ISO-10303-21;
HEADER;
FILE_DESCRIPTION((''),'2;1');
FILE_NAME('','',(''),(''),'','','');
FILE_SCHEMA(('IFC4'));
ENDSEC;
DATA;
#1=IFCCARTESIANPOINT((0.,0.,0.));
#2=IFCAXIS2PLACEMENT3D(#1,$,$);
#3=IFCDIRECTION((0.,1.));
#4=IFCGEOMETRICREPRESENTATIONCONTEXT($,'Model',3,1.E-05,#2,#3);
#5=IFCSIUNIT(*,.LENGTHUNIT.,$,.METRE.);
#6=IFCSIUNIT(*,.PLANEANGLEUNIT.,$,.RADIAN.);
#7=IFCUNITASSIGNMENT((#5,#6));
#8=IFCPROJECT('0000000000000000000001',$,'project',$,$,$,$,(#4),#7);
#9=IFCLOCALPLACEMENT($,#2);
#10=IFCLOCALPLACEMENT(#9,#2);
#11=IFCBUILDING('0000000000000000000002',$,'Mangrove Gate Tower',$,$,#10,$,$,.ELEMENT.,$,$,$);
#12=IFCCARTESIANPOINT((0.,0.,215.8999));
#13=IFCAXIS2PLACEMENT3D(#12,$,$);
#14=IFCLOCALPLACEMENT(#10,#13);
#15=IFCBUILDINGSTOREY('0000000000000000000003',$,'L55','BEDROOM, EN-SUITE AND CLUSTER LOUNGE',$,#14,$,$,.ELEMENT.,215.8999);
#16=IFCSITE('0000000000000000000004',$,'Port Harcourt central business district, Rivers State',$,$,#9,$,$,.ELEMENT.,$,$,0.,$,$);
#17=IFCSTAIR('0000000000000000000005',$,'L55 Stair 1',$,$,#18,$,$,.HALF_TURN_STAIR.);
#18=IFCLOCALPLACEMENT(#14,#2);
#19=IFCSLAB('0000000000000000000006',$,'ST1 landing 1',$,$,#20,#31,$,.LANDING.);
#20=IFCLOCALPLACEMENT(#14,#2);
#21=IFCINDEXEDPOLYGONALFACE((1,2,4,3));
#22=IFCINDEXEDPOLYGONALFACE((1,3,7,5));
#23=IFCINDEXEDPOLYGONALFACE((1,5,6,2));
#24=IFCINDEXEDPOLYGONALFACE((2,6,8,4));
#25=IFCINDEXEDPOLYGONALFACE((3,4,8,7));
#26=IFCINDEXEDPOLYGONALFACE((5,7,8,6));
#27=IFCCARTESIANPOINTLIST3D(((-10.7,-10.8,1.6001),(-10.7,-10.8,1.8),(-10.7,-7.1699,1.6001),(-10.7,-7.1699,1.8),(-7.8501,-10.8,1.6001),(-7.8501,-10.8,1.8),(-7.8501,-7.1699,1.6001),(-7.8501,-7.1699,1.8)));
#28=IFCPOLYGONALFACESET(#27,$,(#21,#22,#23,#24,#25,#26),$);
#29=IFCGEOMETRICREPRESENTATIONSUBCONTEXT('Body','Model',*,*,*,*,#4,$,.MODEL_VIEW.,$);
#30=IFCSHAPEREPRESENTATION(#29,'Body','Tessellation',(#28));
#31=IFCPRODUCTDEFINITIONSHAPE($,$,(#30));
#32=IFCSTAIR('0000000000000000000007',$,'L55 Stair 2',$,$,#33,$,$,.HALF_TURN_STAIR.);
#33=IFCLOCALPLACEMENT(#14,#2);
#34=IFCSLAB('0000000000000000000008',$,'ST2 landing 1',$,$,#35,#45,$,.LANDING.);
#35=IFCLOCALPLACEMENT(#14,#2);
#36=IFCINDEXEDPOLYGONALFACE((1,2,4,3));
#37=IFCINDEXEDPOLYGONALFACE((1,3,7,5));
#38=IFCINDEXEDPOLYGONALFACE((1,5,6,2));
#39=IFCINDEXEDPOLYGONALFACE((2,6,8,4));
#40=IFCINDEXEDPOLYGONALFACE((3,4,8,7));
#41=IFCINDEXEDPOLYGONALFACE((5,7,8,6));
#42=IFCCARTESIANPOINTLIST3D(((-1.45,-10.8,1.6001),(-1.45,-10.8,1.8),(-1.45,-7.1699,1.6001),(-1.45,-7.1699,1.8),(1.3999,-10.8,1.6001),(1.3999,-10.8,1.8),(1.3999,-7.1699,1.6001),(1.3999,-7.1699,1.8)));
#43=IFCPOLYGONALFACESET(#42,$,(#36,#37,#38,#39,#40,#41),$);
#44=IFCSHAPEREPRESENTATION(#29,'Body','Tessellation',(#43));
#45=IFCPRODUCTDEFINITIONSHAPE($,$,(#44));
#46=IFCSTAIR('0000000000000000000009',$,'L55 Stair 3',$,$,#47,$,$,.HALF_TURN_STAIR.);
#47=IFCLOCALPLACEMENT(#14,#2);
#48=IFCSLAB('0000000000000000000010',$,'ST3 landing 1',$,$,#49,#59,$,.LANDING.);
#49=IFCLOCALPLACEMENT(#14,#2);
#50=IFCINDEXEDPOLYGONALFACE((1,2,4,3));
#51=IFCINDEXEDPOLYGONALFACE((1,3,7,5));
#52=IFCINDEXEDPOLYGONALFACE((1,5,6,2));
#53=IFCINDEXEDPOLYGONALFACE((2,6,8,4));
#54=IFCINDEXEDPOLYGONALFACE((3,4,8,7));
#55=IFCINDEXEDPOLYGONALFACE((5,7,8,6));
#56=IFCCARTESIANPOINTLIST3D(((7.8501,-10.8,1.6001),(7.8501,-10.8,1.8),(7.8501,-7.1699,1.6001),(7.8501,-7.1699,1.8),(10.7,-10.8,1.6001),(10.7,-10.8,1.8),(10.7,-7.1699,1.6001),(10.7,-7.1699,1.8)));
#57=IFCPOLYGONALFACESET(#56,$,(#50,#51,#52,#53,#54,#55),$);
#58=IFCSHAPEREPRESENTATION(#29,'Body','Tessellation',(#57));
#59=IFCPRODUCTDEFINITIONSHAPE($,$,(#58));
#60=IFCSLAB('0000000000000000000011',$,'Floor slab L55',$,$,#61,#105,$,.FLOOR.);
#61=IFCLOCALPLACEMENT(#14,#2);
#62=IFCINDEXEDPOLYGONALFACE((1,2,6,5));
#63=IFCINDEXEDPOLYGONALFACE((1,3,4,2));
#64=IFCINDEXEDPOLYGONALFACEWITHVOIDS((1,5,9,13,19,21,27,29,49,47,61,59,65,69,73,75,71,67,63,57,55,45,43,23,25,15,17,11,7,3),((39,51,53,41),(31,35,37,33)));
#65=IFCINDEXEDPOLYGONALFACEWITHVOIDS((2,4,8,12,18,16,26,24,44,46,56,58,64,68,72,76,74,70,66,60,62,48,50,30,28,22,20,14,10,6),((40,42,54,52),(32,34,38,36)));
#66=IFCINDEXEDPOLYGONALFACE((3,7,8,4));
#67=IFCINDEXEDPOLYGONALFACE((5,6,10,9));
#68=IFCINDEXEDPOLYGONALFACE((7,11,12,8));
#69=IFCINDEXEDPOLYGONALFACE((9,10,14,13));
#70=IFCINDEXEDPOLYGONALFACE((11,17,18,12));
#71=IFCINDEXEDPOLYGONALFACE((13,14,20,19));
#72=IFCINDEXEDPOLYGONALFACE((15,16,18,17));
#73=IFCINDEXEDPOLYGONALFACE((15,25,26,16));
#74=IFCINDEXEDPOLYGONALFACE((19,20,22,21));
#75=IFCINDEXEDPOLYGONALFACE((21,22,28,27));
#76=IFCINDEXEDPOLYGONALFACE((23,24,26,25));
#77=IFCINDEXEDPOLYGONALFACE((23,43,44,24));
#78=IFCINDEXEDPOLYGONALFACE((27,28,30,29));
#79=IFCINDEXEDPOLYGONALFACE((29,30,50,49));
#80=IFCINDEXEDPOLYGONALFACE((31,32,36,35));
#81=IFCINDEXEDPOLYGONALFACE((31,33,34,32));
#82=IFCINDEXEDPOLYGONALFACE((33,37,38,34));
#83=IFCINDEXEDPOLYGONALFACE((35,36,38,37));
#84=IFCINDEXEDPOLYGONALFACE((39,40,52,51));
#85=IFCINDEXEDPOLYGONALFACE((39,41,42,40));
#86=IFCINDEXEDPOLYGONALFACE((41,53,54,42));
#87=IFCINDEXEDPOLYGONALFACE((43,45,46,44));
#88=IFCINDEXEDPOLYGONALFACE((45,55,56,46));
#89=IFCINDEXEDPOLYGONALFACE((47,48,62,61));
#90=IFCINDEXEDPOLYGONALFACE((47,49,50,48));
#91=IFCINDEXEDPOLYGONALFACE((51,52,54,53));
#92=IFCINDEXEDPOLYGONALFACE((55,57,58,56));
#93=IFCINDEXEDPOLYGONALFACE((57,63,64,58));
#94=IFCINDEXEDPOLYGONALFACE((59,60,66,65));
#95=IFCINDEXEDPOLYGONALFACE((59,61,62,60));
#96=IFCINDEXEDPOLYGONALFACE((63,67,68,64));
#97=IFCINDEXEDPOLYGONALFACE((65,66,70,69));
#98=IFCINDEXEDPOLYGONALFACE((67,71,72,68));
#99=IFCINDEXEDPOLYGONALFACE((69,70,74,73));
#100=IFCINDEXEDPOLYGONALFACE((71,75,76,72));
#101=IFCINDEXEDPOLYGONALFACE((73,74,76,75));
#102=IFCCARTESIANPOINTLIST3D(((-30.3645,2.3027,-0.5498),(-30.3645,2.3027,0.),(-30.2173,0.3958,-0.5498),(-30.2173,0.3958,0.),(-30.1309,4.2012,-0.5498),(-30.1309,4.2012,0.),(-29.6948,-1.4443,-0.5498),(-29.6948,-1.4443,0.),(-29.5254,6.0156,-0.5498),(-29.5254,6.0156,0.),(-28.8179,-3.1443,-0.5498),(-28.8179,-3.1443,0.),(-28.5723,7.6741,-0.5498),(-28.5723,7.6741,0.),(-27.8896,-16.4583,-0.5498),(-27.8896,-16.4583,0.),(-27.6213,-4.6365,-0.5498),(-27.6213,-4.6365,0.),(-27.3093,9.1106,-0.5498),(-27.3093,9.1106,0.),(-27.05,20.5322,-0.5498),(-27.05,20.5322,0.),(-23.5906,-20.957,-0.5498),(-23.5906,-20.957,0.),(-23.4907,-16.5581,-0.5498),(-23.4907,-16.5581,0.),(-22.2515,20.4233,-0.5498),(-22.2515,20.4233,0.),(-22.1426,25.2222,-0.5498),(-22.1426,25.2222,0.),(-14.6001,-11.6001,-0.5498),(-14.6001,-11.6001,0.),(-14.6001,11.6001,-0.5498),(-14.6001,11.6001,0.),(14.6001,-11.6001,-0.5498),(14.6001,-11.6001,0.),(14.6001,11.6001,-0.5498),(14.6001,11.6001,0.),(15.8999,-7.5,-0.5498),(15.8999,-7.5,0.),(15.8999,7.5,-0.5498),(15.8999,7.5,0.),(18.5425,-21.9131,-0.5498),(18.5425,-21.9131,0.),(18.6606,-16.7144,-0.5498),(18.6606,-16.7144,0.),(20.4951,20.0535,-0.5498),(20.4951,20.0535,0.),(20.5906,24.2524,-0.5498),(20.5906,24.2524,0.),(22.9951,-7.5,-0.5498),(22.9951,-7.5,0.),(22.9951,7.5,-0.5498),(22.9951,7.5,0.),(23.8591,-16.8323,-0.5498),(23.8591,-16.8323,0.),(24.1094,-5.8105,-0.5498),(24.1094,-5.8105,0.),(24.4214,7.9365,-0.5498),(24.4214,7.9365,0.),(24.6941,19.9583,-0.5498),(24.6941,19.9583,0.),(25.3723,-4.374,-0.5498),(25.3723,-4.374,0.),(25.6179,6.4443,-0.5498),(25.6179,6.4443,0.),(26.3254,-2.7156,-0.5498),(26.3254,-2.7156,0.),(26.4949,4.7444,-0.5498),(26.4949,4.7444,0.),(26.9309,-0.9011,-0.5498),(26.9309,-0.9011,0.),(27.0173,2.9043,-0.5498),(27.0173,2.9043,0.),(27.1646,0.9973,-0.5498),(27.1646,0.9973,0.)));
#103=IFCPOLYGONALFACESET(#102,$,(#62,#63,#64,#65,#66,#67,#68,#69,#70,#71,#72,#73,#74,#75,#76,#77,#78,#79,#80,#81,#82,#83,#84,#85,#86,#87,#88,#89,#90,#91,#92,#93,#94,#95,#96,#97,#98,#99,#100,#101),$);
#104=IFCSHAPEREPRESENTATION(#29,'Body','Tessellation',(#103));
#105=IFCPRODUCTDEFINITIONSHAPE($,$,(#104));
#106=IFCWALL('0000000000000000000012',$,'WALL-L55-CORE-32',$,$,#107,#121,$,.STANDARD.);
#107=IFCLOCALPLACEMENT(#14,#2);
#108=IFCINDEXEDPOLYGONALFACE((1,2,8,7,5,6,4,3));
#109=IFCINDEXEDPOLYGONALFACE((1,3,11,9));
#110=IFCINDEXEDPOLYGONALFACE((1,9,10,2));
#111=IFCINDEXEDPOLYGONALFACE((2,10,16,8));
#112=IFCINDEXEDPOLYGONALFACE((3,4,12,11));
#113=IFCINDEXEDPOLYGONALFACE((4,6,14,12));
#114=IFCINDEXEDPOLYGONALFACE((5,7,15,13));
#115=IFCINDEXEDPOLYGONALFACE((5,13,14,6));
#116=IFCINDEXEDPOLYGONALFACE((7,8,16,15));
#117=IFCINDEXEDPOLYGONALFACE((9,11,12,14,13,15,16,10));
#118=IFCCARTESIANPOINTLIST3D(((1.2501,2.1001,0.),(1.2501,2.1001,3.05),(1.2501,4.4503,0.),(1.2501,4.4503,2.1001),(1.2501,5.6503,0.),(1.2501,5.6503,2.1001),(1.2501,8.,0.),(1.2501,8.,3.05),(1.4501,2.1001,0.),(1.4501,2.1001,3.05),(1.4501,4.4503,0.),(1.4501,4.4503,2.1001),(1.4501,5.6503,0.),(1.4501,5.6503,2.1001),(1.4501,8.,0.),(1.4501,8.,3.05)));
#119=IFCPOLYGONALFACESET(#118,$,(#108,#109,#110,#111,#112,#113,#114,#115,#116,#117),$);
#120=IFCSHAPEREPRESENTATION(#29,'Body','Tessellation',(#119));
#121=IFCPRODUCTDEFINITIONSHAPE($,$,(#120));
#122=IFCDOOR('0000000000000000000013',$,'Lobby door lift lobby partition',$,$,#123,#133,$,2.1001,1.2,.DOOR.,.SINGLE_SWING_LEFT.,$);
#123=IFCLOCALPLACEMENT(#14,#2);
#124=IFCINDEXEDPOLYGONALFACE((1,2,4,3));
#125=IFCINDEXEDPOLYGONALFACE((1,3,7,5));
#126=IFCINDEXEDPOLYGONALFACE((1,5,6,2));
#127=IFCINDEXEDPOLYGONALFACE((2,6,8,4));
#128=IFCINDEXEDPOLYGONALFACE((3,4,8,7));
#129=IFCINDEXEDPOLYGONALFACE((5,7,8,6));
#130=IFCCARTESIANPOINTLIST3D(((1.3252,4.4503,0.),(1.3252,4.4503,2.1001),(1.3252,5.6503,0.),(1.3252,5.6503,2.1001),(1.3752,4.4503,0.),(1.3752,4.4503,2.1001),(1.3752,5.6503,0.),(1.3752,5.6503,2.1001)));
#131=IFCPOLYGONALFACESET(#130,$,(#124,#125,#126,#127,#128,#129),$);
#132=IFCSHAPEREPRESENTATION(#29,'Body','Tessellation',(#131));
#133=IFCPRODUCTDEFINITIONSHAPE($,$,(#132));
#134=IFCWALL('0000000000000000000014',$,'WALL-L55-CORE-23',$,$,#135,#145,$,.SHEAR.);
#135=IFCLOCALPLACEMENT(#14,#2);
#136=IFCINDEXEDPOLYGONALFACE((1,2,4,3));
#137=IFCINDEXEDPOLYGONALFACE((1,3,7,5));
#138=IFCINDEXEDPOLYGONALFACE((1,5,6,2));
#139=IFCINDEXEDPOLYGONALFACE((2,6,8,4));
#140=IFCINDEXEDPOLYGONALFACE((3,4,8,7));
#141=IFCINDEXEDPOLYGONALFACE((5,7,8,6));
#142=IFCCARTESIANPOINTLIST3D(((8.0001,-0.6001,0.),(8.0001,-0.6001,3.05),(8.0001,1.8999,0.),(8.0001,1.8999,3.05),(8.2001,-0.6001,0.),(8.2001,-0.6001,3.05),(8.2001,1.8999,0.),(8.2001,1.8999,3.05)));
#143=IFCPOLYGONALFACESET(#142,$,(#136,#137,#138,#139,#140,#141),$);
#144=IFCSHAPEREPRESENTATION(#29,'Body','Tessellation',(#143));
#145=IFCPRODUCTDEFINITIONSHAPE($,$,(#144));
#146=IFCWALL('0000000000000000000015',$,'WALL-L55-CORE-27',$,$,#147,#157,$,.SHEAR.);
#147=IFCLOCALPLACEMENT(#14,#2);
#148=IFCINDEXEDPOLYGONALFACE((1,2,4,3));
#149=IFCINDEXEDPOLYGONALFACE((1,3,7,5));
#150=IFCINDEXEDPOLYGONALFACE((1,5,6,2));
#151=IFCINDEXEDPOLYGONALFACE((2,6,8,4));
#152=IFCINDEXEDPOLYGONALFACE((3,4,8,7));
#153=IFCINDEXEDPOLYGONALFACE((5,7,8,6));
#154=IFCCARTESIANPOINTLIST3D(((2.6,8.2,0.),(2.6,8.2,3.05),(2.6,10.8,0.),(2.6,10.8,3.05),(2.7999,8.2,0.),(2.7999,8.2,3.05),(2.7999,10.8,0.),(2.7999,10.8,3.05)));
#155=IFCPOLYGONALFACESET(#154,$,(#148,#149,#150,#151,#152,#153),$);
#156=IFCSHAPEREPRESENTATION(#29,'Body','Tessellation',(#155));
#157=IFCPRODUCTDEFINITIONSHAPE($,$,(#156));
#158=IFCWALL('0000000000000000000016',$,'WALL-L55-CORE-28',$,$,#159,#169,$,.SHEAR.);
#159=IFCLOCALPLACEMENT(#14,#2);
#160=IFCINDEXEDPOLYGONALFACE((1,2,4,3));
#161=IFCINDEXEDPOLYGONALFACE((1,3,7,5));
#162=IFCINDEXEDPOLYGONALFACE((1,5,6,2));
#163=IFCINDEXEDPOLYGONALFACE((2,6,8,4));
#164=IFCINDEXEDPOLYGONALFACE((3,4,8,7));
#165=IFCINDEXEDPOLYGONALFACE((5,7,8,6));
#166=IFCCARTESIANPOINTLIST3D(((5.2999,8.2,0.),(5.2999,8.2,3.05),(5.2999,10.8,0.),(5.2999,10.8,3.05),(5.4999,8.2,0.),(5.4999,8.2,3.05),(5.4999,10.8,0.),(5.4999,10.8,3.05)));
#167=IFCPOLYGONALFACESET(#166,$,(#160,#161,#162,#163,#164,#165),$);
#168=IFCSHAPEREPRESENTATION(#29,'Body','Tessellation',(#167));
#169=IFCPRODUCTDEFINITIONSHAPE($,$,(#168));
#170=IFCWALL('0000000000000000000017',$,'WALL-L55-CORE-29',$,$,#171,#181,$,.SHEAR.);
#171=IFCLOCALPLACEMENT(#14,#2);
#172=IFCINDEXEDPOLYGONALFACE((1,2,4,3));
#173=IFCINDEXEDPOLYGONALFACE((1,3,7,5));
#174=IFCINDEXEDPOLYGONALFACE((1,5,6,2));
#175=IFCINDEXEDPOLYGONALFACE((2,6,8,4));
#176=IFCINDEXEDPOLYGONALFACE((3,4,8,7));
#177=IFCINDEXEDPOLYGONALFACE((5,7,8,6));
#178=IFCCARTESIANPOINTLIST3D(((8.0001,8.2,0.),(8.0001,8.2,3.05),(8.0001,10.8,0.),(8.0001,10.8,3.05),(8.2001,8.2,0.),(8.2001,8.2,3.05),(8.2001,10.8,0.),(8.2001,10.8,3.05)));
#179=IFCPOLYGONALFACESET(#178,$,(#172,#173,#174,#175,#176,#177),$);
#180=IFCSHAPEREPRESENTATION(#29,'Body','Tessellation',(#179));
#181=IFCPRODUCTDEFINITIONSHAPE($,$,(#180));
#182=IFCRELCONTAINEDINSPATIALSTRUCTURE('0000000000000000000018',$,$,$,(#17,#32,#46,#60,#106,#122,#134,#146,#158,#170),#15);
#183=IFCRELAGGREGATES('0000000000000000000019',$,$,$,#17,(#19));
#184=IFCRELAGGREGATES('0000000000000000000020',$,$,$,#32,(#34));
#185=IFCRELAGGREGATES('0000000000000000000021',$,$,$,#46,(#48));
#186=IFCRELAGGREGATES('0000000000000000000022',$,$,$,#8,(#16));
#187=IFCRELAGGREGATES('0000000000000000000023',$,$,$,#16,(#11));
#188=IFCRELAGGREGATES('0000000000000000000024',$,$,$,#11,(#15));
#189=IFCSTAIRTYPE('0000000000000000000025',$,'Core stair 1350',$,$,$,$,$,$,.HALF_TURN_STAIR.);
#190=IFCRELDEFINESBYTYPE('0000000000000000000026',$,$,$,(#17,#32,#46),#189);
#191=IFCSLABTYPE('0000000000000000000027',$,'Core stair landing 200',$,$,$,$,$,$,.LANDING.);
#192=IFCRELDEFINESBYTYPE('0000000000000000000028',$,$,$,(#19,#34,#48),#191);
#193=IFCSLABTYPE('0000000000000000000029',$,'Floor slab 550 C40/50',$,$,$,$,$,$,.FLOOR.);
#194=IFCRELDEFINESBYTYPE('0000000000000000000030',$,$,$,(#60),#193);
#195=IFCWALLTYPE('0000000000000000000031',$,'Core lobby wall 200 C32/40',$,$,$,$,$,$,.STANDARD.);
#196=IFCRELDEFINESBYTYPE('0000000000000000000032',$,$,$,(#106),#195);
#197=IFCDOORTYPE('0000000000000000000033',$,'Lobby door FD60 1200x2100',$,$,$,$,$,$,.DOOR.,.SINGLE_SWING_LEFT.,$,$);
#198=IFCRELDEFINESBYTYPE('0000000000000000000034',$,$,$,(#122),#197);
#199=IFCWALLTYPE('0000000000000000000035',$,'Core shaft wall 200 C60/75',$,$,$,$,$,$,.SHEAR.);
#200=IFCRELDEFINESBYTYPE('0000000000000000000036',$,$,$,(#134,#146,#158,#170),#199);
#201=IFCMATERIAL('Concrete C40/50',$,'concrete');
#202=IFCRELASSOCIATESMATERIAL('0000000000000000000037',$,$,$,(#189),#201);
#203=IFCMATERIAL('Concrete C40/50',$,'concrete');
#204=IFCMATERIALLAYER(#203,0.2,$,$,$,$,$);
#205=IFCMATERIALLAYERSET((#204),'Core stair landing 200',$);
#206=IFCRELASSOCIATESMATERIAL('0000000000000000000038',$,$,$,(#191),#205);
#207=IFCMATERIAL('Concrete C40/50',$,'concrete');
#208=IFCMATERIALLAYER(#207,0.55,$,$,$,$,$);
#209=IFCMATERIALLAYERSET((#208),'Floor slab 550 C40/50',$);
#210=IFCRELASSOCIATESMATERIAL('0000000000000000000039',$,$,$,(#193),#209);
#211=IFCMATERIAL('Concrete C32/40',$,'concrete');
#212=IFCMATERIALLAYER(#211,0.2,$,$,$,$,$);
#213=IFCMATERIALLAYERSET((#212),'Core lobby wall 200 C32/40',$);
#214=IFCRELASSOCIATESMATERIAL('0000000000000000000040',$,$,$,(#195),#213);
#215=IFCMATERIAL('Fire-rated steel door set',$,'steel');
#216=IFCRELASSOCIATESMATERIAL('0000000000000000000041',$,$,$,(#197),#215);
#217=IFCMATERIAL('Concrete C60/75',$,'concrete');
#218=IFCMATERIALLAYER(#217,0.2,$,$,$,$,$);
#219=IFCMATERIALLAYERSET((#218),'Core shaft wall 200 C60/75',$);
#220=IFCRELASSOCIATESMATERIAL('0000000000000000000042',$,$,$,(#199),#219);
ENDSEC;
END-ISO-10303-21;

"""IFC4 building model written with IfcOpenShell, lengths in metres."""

from ifc_helpers import new_model, si_unit, direction, frame, frame_2d, origin, place, context, subcontext, project, spatial, polyline, rectangle, outline, extrude, material, layer, layer_set, type_object, element, fill, aggregate, save


model = new_model("IFC4")

# Units and contexts
model_context = context("Model", 3, precision=1e-05, world=origin(), true_north=direction((0.0, 1.0)))
body_context = subcontext(model_context, "Body", "Model", "MODEL_VIEW")
ifc_project = project(units=[si_unit("LENGTHUNIT", "METRE"), si_unit("PLANEANGLEUNIT", "RADIAN")], contexts=[model_context])

# Site, building, storey
site_placement = place(None, origin())
site = spatial("IfcSite", under=ifc_project, at=site_placement, Name="Port Harcourt central business district, Rivers State", CompositionType="ELEMENT", RefElevation=0.0)
building_placement = place(site_placement, origin())
building = spatial("IfcBuilding", under=site, at=building_placement, Name="Mangrove Gate Tower", CompositionType="ELEMENT")
storey_placement = place(building_placement, frame((0.0, 0.0, 215.8999)))
storey = spatial("IfcBuildingStorey", under=building, at=storey_placement, Name="L55", Description="BEDROOM, EN-SUITE AND CLUSTER LOUNGE", CompositionType="ELEMENT", Elevation=215.8999)

# Stairs, slabs
ifc_material_1 = material(Name="Concrete C40/50", Category="concrete")
stair_type = type_object("IfcStairType", Name="Core stair 1350", PredefinedType="HALF_TURN_STAIR", material=ifc_material_1)
stair_1_placement = place(storey_placement, origin())
stair_1 = element("IfcStair", 1, at=stair_1_placement, inside=storey, type_object=stair_type, Name="L55 Stair 1", PredefinedType="HALF_TURN_STAIR")
ifc_material_2 = material(Name="Concrete C40/50", Category="concrete")
ifc_layer_1 = layer(ifc_material_2, 0.2)
ifc_layer_set_1 = layer_set([ifc_layer_1], Name="Core stair landing 200")
slab_type_1 = type_object("IfcSlabType", Name="Core stair landing 200", PredefinedType="LANDING", material=ifc_layer_set_1)
slab_1_placement = place(storey_placement, frame((0.0, 0.0, 1.6001)))
slab_1 = element("IfcSlab", 2, at=slab_1_placement, type_object=slab_type_1, Name="ST1 landing 1", PredefinedType="LANDING", context=body_context, shape_type="SweptSolid", body=[
    extrude(outline(polyline([(-10.7, -7.1699), (-10.7, -10.8), (-7.8501, -10.8), (-7.8501, -7.1699), (-10.7, -7.1699)])), origin(), (0.0, 0.0, 1.0), 0.2),
])
aggregate(stair_1, [slab_1])
stair_2_placement = place(storey_placement, origin())
stair_2 = element("IfcStair", 3, at=stair_2_placement, inside=storey, type_object=stair_type, Name="L55 Stair 2", PredefinedType="HALF_TURN_STAIR")
slab_2_placement = place(storey_placement, frame((0.0, 0.0, 1.6001)))
slab_2 = element("IfcSlab", 4, at=slab_2_placement, type_object=slab_type_1, Name="ST2 landing 1", PredefinedType="LANDING", context=body_context, shape_type="SweptSolid", body=[
    extrude(outline(polyline([(-1.45, -7.1699), (-1.45, -10.8), (1.3999, -10.8), (1.3999, -7.1699), (-1.45, -7.1699)])), origin(), (0.0, 0.0, 1.0), 0.2),
])
aggregate(stair_2, [slab_2])
stair_3_placement = place(storey_placement, origin())
stair_3 = element("IfcStair", 5, at=stair_3_placement, inside=storey, type_object=stair_type, Name="L55 Stair 3", PredefinedType="HALF_TURN_STAIR")
slab_3_placement = place(storey_placement, frame((0.0, 0.0, 1.6001)))
slab_3 = element("IfcSlab", 6, at=slab_3_placement, type_object=slab_type_1, Name="ST3 landing 1", PredefinedType="LANDING", context=body_context, shape_type="SweptSolid", body=[
    extrude(outline(polyline([(7.8501, -7.1699), (7.8501, -10.8), (10.7, -10.8), (10.7, -7.1699), (7.8501, -7.1699)])), origin(), (0.0, 0.0, 1.0), 0.2),
])
aggregate(stair_3, [slab_3])

# Slab
ifc_material_3 = material(Name="Concrete C40/50", Category="concrete")
ifc_layer_2 = layer(ifc_material_3, 0.55)
ifc_layer_set_2 = layer_set([ifc_layer_2], Name="Floor slab 550 C40/50")
slab_type_2 = type_object("IfcSlabType", Name="Floor slab 550 C40/50", PredefinedType="FLOOR", material=ifc_layer_set_2)
slab_4_placement = place(storey_placement, frame((0.0, 0.0, -0.5498)))
element("IfcSlab", 7, at=slab_4_placement, inside=storey, type_object=slab_type_2, Name="Floor slab L55", PredefinedType="FLOOR", context=body_context, shape_type="SweptSolid", body=[
    extrude(outline(polyline([(-23.5906, -20.957), (18.5425, -21.9131), (18.6606, -16.7144), (23.8591, -16.8323), (24.1094, -5.8105), (25.3723, -4.374), (26.3254, -2.7156), (26.9309, -0.9011), (27.1646, 0.9973), (27.0173, 2.9043), (26.4949, 4.7444), (25.6179, 6.4443), (24.4214, 7.9365), (24.6941, 19.9583), (20.4951, 20.0535), (20.5906, 24.2524), (-22.1426, 25.2222), (-22.2515, 20.4233), (-27.05, 20.5322), (-27.3093, 9.1106), (-28.5723, 7.6741), (-29.5254, 6.0156), (-30.1309, 4.2012), (-30.3645, 2.3027), (-30.2173, 0.3958), (-29.6948, -1.4443), (-28.8179, -3.1443), (-27.6213, -4.6365), (-27.8896, -16.4583), (-23.4907, -16.5581), (-23.5906, -20.957)]), holes=[polyline([(15.8999, 7.5), (22.9951, 7.5), (22.9951, -7.5), (15.8999, -7.5), (15.8999, 7.5)]), polyline([(-14.6001, -11.6001), (-14.6001, 11.6001), (14.6001, 11.6001), (14.6001, -11.6001), (-14.6001, -11.6001)])]), origin(), (0.0, 0.0, 1.0), 0.5498),
])

# Wall, opening, door
ifc_material_4 = material(Name="Concrete C32/40", Category="concrete")
ifc_layer_3 = layer(ifc_material_4, 0.2)
ifc_layer_set_3 = layer_set([ifc_layer_3], Name="Core lobby wall 200 C32/40")
wall_type_1 = type_object("IfcWallType", Name="Core lobby wall 200 C32/40", PredefinedType="STANDARD", material=ifc_layer_set_3)
wall_1_placement = place(storey_placement, frame((1.3501, 2.1001, 0.0), z_axis=(0.0, 0.0, 1.0), x_axis=(0.0, 1.0, 0.0)))
wall_1 = element("IfcWall", 8, at=wall_1_placement, inside=storey, type_object=wall_type_1, Name="WALL-L55-CORE-32", PredefinedType="STANDARD", context=body_context, shape_type="SweptSolid", body=[
    extrude(rectangle(XDim=5.8999, YDim=0.2, at=frame_2d((2.95, 0.0))), origin(), (0.0, 0.0, 1.0), 3.05),
])
opening_placement = place(wall_1_placement, frame((2.3501, 0.0, 0.0)))
opening = element("IfcOpeningElement", 9, at=opening_placement, cuts=wall_1, PredefinedType="OPENING", context=body_context, shape_type="SweptSolid", body=[
    extrude(rectangle(XDim=1.2, YDim=2.1001, at=frame_2d((0.6001, 1.05))), frame((0.0, 0.1099, 0.0), z_axis=(0.0, -1.0, 0.0), x_axis=(1.0, 0.0, 0.0)), (0.0, 0.0, 1.0), 0.22),
])
ifc_material_5 = material(Name="Fire-rated steel door set", Category="steel")
door_type = type_object("IfcDoorType", Name="Lobby door FD60 1200x2100", OperationType="SINGLE_SWING_LEFT", PredefinedType="DOOR", material=ifc_material_5)
door_placement = place(opening_placement, origin())
door = element("IfcDoor", 10, at=door_placement, inside=storey, type_object=door_type, Name="Lobby door lift lobby partition", OperationType="SINGLE_SWING_LEFT", OverallHeight=2.1001, OverallWidth=1.2, PredefinedType="DOOR", context=body_context, shape_type="SweptSolid", body=[
    extrude(rectangle(XDim=1.2, YDim=2.1001, at=frame_2d((0.6001, 1.05))), frame((0.0, 0.0249, 0.0), z_axis=(0.0, -1.0, 0.0), x_axis=(1.0, 0.0, 0.0)), (0.0, 0.0, 1.0), 0.05),
])
fill(opening, door)

# Walls
ifc_material_6 = material(Name="Concrete C60/75", Category="concrete")
ifc_layer_4 = layer(ifc_material_6, 0.2)
ifc_layer_set_4 = layer_set([ifc_layer_4], Name="Core shaft wall 200 C60/75")
wall_type_2 = type_object("IfcWallType", Name="Core shaft wall 200 C60/75", PredefinedType="SHEAR", material=ifc_layer_set_4)
wall_2_placement = place(storey_placement, frame((8.1001, -0.6001, 0.0), z_axis=(0.0, 0.0, 1.0), x_axis=(0.0, 1.0, 0.0)))
element("IfcWall", 11, at=wall_2_placement, inside=storey, type_object=wall_type_2, Name="WALL-L55-CORE-23", PredefinedType="SHEAR", context=body_context, shape_type="SweptSolid", body=[
    extrude(rectangle(XDim=2.5, YDim=0.2, at=frame_2d((1.25, 0.0))), origin(), (0.0, 0.0, 1.0), 3.05),
])
for number, where, z_axis, x_axis, name in (
    (12, (2.7, 8.2, 0.0), (0.0, 0.0, 1.0), (0.0, 1.0, 0.0), "WALL-L55-CORE-27"),
    (13, (5.3999, 8.2, 0.0), (0.0, 0.0, 1.0), (0.0, 1.0, 0.0), "WALL-L55-CORE-28"),
    (14, (8.1001, 8.2, 0.0), (0.0, 0.0, 1.0), (0.0, 1.0, 0.0), "WALL-L55-CORE-29"),
):
    element("IfcWall", number, at=place(storey_placement, frame(where, z_axis=z_axis, x_axis=x_axis)), inside=storey, type_object=wall_type_2, Name=name, PredefinedType="SHEAR", context=body_context, shape_type="SweptSolid", body=[
        extrude(rectangle(XDim=2.6001, YDim=0.2, at=frame_2d((1.3, 0.0))), origin(), (0.0, 0.0, 1.0), 3.05),
    ])

save(model, "model.ifc")
